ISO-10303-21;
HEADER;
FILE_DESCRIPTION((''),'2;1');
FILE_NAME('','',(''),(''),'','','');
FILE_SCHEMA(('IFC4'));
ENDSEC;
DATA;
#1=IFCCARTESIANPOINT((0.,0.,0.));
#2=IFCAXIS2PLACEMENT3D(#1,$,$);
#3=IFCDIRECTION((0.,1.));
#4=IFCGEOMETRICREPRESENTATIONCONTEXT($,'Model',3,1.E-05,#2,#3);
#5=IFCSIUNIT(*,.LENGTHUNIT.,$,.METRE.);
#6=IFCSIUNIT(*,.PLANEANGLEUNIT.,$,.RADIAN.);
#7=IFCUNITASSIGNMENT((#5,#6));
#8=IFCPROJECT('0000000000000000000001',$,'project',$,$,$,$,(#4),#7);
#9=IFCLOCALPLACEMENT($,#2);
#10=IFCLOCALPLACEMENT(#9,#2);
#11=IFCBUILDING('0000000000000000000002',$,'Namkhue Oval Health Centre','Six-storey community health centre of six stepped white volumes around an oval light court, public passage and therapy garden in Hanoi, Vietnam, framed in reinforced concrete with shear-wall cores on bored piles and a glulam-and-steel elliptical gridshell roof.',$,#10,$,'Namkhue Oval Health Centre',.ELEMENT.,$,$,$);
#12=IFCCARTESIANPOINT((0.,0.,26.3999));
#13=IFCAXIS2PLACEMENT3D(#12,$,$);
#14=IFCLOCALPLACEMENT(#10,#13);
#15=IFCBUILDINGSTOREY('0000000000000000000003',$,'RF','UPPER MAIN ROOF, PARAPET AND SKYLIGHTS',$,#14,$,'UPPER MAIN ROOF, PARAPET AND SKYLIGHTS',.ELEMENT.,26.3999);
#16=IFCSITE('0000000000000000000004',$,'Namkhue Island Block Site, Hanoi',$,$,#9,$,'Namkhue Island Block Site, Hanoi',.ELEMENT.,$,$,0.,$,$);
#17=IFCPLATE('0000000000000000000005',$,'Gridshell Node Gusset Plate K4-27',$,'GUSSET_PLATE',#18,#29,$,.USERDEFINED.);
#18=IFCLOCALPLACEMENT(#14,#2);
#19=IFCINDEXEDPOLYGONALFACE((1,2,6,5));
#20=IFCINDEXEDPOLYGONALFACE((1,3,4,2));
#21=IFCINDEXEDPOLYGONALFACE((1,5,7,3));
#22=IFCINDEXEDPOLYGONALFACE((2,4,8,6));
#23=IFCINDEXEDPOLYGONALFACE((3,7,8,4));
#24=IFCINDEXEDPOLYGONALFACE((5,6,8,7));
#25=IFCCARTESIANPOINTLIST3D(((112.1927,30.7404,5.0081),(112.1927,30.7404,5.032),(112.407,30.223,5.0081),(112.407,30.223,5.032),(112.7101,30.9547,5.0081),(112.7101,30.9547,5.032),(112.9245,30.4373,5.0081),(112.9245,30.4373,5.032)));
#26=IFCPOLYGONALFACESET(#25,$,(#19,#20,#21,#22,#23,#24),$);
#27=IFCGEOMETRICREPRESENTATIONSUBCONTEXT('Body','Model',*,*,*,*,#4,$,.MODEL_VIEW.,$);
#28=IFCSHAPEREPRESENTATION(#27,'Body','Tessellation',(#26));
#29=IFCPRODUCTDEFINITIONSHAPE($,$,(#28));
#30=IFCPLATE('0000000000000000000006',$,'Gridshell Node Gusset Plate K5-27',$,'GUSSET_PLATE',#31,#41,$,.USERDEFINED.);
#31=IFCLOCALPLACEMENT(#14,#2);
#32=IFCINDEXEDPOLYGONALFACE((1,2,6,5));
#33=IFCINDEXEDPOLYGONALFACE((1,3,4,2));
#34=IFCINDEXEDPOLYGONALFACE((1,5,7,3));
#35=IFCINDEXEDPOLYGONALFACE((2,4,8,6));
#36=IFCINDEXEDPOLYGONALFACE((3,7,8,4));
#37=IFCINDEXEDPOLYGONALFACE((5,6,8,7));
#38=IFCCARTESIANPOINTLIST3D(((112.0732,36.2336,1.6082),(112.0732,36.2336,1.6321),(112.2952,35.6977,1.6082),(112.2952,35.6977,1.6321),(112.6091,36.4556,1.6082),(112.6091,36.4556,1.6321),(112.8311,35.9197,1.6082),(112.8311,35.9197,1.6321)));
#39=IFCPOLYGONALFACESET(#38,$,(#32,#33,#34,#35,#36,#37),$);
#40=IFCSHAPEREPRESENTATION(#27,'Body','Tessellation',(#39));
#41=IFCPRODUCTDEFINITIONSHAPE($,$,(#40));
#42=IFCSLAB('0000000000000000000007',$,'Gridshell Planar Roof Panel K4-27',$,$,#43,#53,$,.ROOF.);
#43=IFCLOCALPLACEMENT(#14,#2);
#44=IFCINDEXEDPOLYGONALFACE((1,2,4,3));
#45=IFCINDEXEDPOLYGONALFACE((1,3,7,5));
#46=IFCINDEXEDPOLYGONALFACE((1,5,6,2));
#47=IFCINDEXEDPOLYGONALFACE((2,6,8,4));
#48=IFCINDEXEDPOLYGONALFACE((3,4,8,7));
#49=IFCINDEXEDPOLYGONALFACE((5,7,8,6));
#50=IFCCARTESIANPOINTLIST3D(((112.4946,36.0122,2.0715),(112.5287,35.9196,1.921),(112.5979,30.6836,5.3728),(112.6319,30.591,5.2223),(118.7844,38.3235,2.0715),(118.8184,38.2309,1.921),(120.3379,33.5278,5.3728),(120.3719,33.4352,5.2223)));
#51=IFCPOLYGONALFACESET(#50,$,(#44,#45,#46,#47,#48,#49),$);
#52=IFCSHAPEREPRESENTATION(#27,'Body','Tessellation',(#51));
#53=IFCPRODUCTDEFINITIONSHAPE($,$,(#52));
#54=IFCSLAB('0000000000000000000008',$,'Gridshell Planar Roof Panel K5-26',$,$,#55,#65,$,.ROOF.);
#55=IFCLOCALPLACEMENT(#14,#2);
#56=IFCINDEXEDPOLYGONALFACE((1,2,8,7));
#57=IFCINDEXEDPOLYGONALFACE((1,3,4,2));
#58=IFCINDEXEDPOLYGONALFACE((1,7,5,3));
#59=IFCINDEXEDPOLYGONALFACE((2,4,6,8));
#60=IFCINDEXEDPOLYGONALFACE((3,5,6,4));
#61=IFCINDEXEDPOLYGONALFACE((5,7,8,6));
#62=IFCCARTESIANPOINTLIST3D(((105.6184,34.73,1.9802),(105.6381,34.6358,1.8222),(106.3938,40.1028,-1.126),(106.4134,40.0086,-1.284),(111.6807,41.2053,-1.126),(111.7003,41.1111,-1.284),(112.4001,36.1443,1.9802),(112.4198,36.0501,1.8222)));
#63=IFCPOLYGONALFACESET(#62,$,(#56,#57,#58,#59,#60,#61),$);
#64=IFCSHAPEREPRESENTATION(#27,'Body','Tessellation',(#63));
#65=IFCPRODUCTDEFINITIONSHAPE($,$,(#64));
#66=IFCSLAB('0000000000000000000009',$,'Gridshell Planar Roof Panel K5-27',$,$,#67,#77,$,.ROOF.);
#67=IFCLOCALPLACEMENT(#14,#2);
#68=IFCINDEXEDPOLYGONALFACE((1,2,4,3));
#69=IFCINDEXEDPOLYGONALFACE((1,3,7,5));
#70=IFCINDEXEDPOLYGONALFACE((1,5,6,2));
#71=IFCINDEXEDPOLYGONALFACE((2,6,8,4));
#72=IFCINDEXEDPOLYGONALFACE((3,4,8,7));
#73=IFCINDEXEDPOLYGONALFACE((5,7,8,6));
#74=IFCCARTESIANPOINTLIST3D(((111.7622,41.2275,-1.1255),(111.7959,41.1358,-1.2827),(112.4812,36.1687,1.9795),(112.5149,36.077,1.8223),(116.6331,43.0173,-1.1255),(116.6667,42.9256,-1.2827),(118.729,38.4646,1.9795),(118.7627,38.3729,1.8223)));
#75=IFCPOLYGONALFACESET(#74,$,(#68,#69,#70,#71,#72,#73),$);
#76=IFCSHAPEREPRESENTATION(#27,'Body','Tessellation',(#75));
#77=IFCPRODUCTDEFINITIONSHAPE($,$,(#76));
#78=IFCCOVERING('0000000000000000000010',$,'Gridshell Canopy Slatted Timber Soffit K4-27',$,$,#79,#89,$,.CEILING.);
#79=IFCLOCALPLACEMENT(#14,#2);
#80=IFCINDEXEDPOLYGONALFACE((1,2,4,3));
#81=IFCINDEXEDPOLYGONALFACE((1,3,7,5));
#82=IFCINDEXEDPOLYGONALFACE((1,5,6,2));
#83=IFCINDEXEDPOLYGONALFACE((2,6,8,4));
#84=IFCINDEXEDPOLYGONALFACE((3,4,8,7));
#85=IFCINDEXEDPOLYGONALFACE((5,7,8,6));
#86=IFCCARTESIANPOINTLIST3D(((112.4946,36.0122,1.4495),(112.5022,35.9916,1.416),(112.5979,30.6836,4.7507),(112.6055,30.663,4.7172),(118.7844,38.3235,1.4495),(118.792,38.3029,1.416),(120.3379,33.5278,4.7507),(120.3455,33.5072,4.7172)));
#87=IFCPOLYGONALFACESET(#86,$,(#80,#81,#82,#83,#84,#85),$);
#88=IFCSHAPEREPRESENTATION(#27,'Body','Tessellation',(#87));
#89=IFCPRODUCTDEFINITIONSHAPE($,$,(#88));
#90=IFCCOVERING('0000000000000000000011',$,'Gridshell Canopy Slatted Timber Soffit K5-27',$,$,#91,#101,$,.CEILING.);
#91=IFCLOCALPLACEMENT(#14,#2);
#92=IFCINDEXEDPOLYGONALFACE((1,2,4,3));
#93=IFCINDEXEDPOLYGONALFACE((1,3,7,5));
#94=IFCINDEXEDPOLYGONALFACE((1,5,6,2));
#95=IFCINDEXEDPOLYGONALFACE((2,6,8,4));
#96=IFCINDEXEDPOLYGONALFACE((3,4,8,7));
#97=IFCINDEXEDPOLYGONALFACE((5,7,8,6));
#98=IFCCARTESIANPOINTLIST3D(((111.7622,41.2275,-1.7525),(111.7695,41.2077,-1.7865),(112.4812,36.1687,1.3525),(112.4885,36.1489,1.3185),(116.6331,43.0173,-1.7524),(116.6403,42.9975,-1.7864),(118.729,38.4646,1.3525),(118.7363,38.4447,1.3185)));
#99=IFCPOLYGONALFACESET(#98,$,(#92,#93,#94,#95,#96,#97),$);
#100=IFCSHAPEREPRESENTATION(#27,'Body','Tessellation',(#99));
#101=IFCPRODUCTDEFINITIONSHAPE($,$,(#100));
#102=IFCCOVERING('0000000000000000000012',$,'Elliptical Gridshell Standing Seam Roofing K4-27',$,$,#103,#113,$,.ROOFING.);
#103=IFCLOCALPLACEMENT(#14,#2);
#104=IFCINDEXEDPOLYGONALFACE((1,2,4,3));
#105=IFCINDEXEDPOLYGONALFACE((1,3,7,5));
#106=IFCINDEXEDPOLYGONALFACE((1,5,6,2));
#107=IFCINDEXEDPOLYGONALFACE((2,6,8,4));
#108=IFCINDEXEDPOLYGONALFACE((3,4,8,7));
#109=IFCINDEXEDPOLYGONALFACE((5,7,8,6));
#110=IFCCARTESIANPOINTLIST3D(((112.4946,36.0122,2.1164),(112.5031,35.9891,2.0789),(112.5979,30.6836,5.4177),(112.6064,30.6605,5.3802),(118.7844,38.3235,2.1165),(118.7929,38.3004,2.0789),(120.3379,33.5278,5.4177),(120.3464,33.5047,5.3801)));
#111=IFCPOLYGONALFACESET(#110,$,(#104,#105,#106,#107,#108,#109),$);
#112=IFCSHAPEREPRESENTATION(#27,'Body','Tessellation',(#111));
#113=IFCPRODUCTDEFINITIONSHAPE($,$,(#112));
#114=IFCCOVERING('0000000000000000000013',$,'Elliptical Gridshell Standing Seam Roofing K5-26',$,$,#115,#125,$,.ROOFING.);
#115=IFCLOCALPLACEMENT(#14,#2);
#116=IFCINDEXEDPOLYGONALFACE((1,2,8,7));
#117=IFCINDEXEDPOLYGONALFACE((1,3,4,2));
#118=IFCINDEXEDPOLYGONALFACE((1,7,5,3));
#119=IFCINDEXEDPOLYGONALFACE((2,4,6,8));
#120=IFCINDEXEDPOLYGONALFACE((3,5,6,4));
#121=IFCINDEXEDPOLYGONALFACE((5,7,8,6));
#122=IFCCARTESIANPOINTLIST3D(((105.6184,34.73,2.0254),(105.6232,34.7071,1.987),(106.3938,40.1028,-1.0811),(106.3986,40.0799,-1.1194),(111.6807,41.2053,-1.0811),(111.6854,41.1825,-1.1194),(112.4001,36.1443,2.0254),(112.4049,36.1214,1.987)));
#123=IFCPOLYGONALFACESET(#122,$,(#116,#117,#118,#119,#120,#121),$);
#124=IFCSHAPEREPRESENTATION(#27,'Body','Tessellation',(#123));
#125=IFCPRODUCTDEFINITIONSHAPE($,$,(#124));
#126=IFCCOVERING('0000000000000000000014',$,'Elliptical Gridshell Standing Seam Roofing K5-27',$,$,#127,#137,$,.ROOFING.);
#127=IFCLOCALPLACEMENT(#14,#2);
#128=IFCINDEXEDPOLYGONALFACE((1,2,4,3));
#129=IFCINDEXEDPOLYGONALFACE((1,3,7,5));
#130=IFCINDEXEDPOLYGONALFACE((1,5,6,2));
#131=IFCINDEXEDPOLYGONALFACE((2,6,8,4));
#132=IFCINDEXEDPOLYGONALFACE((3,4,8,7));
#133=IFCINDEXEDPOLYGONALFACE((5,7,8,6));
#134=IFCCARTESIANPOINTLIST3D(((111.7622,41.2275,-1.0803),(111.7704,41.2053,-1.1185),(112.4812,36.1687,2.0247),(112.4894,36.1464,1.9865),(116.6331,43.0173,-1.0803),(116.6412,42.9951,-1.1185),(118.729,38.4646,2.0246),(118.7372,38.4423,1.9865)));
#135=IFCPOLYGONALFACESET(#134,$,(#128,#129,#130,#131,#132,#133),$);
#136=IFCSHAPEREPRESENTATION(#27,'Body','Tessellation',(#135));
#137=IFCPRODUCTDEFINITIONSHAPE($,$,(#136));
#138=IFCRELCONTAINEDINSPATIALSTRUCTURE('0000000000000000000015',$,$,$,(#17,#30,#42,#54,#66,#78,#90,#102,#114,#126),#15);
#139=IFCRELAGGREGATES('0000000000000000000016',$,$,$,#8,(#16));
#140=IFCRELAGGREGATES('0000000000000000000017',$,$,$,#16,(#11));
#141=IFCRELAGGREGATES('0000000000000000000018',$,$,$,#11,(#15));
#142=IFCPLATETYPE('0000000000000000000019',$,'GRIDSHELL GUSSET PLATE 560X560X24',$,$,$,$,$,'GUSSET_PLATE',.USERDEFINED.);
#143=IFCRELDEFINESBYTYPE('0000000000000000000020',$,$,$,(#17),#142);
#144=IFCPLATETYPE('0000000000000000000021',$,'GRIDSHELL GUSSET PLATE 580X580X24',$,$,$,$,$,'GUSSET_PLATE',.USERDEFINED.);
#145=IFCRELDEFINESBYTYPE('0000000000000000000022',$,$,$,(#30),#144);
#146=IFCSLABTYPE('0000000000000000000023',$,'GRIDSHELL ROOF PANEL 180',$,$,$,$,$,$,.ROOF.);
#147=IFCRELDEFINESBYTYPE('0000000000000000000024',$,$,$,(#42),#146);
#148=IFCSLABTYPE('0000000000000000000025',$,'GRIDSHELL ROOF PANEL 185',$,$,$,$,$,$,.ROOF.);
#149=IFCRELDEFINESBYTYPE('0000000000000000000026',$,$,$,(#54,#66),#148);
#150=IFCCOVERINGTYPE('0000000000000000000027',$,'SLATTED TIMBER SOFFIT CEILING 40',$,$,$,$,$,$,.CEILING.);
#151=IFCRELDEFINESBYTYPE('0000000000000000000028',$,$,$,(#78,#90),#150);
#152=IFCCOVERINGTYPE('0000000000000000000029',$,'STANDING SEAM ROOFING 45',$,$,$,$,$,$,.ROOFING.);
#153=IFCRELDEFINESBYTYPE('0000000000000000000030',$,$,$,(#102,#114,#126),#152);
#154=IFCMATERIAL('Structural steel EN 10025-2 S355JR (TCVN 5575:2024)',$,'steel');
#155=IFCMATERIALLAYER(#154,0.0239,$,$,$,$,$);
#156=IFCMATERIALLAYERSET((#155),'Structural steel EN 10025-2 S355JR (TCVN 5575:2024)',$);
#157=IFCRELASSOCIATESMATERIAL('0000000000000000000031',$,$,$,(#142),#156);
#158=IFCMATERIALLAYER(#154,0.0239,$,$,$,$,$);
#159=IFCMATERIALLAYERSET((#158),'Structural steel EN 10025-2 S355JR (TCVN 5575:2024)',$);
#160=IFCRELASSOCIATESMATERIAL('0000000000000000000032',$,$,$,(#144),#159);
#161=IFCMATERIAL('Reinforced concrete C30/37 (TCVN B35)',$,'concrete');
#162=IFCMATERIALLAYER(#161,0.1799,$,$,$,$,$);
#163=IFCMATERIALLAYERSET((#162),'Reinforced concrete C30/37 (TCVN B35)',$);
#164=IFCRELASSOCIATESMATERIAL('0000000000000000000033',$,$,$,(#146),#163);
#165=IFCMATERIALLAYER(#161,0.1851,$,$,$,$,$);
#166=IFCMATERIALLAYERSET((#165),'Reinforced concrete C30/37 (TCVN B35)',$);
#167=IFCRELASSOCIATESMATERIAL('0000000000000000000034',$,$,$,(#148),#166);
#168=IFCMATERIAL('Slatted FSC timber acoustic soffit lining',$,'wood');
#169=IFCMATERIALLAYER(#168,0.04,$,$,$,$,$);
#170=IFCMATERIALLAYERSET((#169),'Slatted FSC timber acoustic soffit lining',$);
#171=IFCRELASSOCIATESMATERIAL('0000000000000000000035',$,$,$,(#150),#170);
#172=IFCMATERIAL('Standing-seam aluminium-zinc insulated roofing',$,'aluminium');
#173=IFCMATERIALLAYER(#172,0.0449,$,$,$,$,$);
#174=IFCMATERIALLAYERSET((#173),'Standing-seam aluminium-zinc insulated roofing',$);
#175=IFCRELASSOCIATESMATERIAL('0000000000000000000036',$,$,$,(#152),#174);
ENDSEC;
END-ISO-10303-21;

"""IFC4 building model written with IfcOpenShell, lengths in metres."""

from ifc_helpers import new_model, si_unit, direction, frame, origin, origin_2d, place, context, subcontext, project, spatial, polyline, rectangle, outline, extrude, material, layer, layer_set, type_object, element, save


model = new_model("IFC4")

# Units and contexts
model_context = context("Model", 3, precision=1e-05, world=origin(), true_north=direction((0.0, 1.0)))
body_context = subcontext(model_context, "Body", "Model", "MODEL_VIEW")
ifc_project = project(units=[si_unit("LENGTHUNIT", "METRE"), si_unit("PLANEANGLEUNIT", "RADIAN")], contexts=[model_context])

# Site, building, storey
site_placement = place(None, origin())
site = spatial("IfcSite", under=ifc_project, at=site_placement, Name="Namkhue Island Block Site, Hanoi", LongName="Namkhue Island Block Site, Hanoi", CompositionType="ELEMENT", RefElevation=0.0)
building_placement = place(site_placement, origin())
building = spatial("IfcBuilding", under=site, at=building_placement, Name="Namkhue Oval Health Centre", Description="Six-storey community health centre of six stepped white volumes around an oval light court, public passage and therapy garden in Hanoi, Vietnam, framed in reinforced concrete with shear-wall cores on bored piles and a glulam-and-steel elliptical gridshell roof.", LongName="Namkhue Oval Health Centre", CompositionType="ELEMENT")
storey_placement = place(building_placement, frame((0.0, 0.0, 26.3999)))
storey = spatial("IfcBuildingStorey", under=building, at=storey_placement, Name="RF", Description="UPPER MAIN ROOF, PARAPET AND SKYLIGHTS", LongName="UPPER MAIN ROOF, PARAPET AND SKYLIGHTS", CompositionType="ELEMENT", Elevation=26.3999)

# Shared definitions
ifc_material_1 = material(Name="Structural steel EN 10025-2 S355JR (TCVN 5575:2024)", Category="steel")

# Plates
ifc_layer_1 = layer(ifc_material_1, 0.0239)
ifc_layer_set_1 = layer_set([ifc_layer_1], Name="Structural steel EN 10025-2 S355JR (TCVN 5575:2024)")
plate_type_1 = type_object("IfcPlateType", Name="GRIDSHELL GUSSET PLATE 560X560X24", ElementType="GUSSET_PLATE", PredefinedType="USERDEFINED", material=ifc_layer_set_1)
plate_1_placement = place(storey_placement, frame((112.5586, 30.5889, 5.0081), z_axis=(0.0, 0.0, 1.0), x_axis=(0.382683, -0.92388, 0.0)))
element("IfcPlate", 1, at=plate_1_placement, inside=storey, type_object=plate_type_1, Name="Gridshell Node Gusset Plate K4-27", ObjectType="GUSSET_PLATE", PredefinedType="USERDEFINED", context=body_context, shape_type="SweptSolid", body=[
    extrude(rectangle(XDim=0.5601, YDim=0.5601, at=origin_2d()), origin(), (0.0, 0.0, 1.0), 0.0239),
])
ifc_layer_2 = layer(ifc_material_1, 0.0239)
ifc_layer_set_2 = layer_set([ifc_layer_2], Name="Structural steel EN 10025-2 S355JR (TCVN 5575:2024)")
plate_type_2 = type_object("IfcPlateType", Name="GRIDSHELL GUSSET PLATE 580X580X24", ElementType="GUSSET_PLATE", PredefinedType="USERDEFINED", material=ifc_layer_set_2)
plate_2_placement = place(storey_placement, frame((112.4521, 36.0767, 1.6082), z_axis=(0.0, 0.0, 1.0), x_axis=(0.382683, -0.92388, 0.0)))
element("IfcPlate", 2, at=plate_2_placement, inside=storey, type_object=plate_type_2, Name="Gridshell Node Gusset Plate K5-27", ObjectType="GUSSET_PLATE", PredefinedType="USERDEFINED", context=body_context, shape_type="SweptSolid", body=[
    extrude(rectangle(XDim=0.5801, YDim=0.5801, at=origin_2d()), origin(), (0.0, 0.0, 1.0), 0.0239),
])

# Slabs
ifc_material_2 = material(Name="Reinforced concrete C30/37 (TCVN B35)", Category="concrete")
ifc_layer_3 = layer(ifc_material_2, 0.1799)
ifc_layer_set_3 = layer_set([ifc_layer_3], Name="Reinforced concrete C30/37 (TCVN B35)")
slab_type_1 = type_object("IfcSlabType", Name="GRIDSHELL ROOF PANEL 180", PredefinedType="ROOF", material=ifc_layer_set_3)
slab_1_placement = place(storey_placement, frame((112.5979, 30.6836, 5.3728), z_axis=(-0.189066, 0.514508, 0.836383), x_axis=(0.938632, 0.344921, -0.000001)))
element("IfcSlab", 3, at=slab_1_placement, inside=storey, type_object=slab_type_1, Name="Gridshell Planar Roof Panel K4-27", PredefinedType="ROOF", context=body_context, shape_type="SweptSolid", body=[
    extrude(outline(polyline([(0.0, 0.0), (8.246, 0.0), (8.442, 6.0226), (1.741, 6.0226), (0.0, 0.0)])), origin(), (0.0, 0.0, -1.0), 0.1799),
])
ifc_layer_4 = layer(ifc_material_2, 0.1851)
ifc_layer_set_4 = layer_set([ifc_layer_4], Name="Reinforced concrete C30/37 (TCVN B35)")
slab_type_2 = type_object("IfcSlabType", Name="GRIDSHELL ROOF PANEL 185", PredefinedType="ROOF", material=ifc_layer_set_4)
slab_2_placement = place(storey_placement, frame((105.6184, 34.73, 1.9802), z_axis=(-0.106174, 0.509121, 0.854121), x_axis=(0.978939, 0.204154, -0.000001)))
element("IfcSlab", 4, at=slab_2_placement, inside=storey, type_object=slab_type_2, Name="Gridshell Planar Roof Panel K5-26", PredefinedType="ROOF", context=body_context, shape_type="SweptSolid", body=[
    extrude(outline(polyline([(0.0, 0.0), (6.9276, 0.0), (7.2565, 5.9726), (1.8559, 5.9726), (0.0, 0.0)])), origin(), (0.0, 0.0, -1.0), 0.1851),
])
slab_3_placement = place(storey_placement, frame((112.4812, 36.1687, 1.9795), z_axis=(-0.182056, 0.49544, 0.84935), x_axis=(0.938632, 0.344919, -0.000004)))
element("IfcSlab", 5, at=slab_3_placement, inside=storey, type_object=slab_type_2, Name="Gridshell Planar Roof Panel K5-27", PredefinedType="ROOF", context=body_context, shape_type="SweptSolid", body=[
    extrude(outline(polyline([(0.0, 0.0), (6.6563, 0.0), (6.2593, 5.8825), (1.07, 5.8826), (0.0, 0.0)])), origin(), (0.0, 0.0, -1.0), 0.1851),
])

# Coverings
ifc_material_3 = material(Name="Slatted FSC timber acoustic soffit lining", Category="wood")
ifc_layer_5 = layer(ifc_material_3, 0.04)
ifc_layer_set_5 = layer_set([ifc_layer_5], Name="Slatted FSC timber acoustic soffit lining")
covering_type_1 = type_object("IfcCoveringType", Name="SLATTED TIMBER SOFFIT CEILING 40", PredefinedType="CEILING", material=ifc_layer_set_5)
covering_1_placement = place(storey_placement, frame((112.5979, 30.6836, 4.7507), z_axis=(-0.189066, 0.514508, 0.836383), x_axis=(0.938632, 0.344921, -0.000001)))
element("IfcCovering", 6, at=covering_1_placement, inside=storey, type_object=covering_type_1, Name="Gridshell Canopy Slatted Timber Soffit K4-27", PredefinedType="CEILING", context=body_context, shape_type="SweptSolid", body=[
    extrude(outline(polyline([(0.0, 0.0), (8.246, 0.0), (8.442, 6.0226), (1.741, 6.0226), (0.0, 0.0)])), origin(), (0.0, 0.0, -1.0), 0.04),
])
covering_2_placement = place(storey_placement, frame((112.4812, 36.1687, 1.3525), z_axis=(-0.182056, 0.49544, 0.84935), x_axis=(0.938632, 0.344919, -0.000004)))
element("IfcCovering", 7, at=covering_2_placement, inside=storey, type_object=covering_type_1, Name="Gridshell Canopy Slatted Timber Soffit K5-27", PredefinedType="CEILING", context=body_context, shape_type="SweptSolid", body=[
    extrude(outline(polyline([(0.0, 0.0), (6.6563, 0.0), (6.2593, 5.8825), (1.07, 5.8826), (0.0, 0.0)])), origin(), (0.0, 0.0, -1.0), 0.04),
])
ifc_material_4 = material(Name="Standing-seam aluminium-zinc insulated roofing", Category="aluminium")
ifc_layer_6 = layer(ifc_material_4, 0.0449)
ifc_layer_set_6 = layer_set([ifc_layer_6], Name="Standing-seam aluminium-zinc insulated roofing")
covering_type_2 = type_object("IfcCoveringType", Name="STANDING SEAM ROOFING 45", PredefinedType="ROOFING", material=ifc_layer_set_6)
covering_3_placement = place(storey_placement, frame((112.5979, 30.6836, 5.4177), z_axis=(-0.189066, 0.514508, 0.836383), x_axis=(0.938632, 0.344921, -0.000001)))
element("IfcCovering", 8, at=covering_3_placement, inside=storey, type_object=covering_type_2, Name="Elliptical Gridshell Standing Seam Roofing K4-27", PredefinedType="ROOFING", context=body_context, shape_type="SweptSolid", body=[
    extrude(outline(polyline([(0.0, 0.0), (8.246, 0.0), (8.442, 6.0226), (1.741, 6.0226), (0.0, 0.0)])), origin(), (0.0, 0.0, -1.0), 0.0449),
])
covering_4_placement = place(storey_placement, frame((105.6184, 34.73, 2.0254), z_axis=(-0.106181, 0.50915, 0.854103), x_axis=(0.978939, 0.204154, -0.000001)))
element("IfcCovering", 9, at=covering_4_placement, inside=storey, type_object=covering_type_2, Name="Elliptical Gridshell Standing Seam Roofing K5-26", PredefinedType="ROOFING", context=body_context, shape_type="SweptSolid", body=[
    extrude(outline(polyline([(0.0, 0.0), (6.9276, 0.0), (7.2565, 5.9727), (1.8559, 5.9727), (0.0, 0.0)])), origin(), (0.0, 0.0, -1.0), 0.0449),
])
covering_5_placement = place(storey_placement, frame((112.4812, 36.1687, 2.0247), z_axis=(-0.182056, 0.49544, 0.84935), x_axis=(0.938632, 0.344919, -0.000004)))
element("IfcCovering", 10, at=covering_5_placement, inside=storey, type_object=covering_type_2, Name="Elliptical Gridshell Standing Seam Roofing K5-27", PredefinedType="ROOFING", context=body_context, shape_type="SweptSolid", body=[
    extrude(outline(polyline([(0.0, 0.0), (6.6563, 0.0), (6.2593, 5.8825), (1.07, 5.8826), (0.0, 0.0)])), origin(), (0.0, 0.0, -1.0), 0.0449),
])

save(model, "model.ifc")
